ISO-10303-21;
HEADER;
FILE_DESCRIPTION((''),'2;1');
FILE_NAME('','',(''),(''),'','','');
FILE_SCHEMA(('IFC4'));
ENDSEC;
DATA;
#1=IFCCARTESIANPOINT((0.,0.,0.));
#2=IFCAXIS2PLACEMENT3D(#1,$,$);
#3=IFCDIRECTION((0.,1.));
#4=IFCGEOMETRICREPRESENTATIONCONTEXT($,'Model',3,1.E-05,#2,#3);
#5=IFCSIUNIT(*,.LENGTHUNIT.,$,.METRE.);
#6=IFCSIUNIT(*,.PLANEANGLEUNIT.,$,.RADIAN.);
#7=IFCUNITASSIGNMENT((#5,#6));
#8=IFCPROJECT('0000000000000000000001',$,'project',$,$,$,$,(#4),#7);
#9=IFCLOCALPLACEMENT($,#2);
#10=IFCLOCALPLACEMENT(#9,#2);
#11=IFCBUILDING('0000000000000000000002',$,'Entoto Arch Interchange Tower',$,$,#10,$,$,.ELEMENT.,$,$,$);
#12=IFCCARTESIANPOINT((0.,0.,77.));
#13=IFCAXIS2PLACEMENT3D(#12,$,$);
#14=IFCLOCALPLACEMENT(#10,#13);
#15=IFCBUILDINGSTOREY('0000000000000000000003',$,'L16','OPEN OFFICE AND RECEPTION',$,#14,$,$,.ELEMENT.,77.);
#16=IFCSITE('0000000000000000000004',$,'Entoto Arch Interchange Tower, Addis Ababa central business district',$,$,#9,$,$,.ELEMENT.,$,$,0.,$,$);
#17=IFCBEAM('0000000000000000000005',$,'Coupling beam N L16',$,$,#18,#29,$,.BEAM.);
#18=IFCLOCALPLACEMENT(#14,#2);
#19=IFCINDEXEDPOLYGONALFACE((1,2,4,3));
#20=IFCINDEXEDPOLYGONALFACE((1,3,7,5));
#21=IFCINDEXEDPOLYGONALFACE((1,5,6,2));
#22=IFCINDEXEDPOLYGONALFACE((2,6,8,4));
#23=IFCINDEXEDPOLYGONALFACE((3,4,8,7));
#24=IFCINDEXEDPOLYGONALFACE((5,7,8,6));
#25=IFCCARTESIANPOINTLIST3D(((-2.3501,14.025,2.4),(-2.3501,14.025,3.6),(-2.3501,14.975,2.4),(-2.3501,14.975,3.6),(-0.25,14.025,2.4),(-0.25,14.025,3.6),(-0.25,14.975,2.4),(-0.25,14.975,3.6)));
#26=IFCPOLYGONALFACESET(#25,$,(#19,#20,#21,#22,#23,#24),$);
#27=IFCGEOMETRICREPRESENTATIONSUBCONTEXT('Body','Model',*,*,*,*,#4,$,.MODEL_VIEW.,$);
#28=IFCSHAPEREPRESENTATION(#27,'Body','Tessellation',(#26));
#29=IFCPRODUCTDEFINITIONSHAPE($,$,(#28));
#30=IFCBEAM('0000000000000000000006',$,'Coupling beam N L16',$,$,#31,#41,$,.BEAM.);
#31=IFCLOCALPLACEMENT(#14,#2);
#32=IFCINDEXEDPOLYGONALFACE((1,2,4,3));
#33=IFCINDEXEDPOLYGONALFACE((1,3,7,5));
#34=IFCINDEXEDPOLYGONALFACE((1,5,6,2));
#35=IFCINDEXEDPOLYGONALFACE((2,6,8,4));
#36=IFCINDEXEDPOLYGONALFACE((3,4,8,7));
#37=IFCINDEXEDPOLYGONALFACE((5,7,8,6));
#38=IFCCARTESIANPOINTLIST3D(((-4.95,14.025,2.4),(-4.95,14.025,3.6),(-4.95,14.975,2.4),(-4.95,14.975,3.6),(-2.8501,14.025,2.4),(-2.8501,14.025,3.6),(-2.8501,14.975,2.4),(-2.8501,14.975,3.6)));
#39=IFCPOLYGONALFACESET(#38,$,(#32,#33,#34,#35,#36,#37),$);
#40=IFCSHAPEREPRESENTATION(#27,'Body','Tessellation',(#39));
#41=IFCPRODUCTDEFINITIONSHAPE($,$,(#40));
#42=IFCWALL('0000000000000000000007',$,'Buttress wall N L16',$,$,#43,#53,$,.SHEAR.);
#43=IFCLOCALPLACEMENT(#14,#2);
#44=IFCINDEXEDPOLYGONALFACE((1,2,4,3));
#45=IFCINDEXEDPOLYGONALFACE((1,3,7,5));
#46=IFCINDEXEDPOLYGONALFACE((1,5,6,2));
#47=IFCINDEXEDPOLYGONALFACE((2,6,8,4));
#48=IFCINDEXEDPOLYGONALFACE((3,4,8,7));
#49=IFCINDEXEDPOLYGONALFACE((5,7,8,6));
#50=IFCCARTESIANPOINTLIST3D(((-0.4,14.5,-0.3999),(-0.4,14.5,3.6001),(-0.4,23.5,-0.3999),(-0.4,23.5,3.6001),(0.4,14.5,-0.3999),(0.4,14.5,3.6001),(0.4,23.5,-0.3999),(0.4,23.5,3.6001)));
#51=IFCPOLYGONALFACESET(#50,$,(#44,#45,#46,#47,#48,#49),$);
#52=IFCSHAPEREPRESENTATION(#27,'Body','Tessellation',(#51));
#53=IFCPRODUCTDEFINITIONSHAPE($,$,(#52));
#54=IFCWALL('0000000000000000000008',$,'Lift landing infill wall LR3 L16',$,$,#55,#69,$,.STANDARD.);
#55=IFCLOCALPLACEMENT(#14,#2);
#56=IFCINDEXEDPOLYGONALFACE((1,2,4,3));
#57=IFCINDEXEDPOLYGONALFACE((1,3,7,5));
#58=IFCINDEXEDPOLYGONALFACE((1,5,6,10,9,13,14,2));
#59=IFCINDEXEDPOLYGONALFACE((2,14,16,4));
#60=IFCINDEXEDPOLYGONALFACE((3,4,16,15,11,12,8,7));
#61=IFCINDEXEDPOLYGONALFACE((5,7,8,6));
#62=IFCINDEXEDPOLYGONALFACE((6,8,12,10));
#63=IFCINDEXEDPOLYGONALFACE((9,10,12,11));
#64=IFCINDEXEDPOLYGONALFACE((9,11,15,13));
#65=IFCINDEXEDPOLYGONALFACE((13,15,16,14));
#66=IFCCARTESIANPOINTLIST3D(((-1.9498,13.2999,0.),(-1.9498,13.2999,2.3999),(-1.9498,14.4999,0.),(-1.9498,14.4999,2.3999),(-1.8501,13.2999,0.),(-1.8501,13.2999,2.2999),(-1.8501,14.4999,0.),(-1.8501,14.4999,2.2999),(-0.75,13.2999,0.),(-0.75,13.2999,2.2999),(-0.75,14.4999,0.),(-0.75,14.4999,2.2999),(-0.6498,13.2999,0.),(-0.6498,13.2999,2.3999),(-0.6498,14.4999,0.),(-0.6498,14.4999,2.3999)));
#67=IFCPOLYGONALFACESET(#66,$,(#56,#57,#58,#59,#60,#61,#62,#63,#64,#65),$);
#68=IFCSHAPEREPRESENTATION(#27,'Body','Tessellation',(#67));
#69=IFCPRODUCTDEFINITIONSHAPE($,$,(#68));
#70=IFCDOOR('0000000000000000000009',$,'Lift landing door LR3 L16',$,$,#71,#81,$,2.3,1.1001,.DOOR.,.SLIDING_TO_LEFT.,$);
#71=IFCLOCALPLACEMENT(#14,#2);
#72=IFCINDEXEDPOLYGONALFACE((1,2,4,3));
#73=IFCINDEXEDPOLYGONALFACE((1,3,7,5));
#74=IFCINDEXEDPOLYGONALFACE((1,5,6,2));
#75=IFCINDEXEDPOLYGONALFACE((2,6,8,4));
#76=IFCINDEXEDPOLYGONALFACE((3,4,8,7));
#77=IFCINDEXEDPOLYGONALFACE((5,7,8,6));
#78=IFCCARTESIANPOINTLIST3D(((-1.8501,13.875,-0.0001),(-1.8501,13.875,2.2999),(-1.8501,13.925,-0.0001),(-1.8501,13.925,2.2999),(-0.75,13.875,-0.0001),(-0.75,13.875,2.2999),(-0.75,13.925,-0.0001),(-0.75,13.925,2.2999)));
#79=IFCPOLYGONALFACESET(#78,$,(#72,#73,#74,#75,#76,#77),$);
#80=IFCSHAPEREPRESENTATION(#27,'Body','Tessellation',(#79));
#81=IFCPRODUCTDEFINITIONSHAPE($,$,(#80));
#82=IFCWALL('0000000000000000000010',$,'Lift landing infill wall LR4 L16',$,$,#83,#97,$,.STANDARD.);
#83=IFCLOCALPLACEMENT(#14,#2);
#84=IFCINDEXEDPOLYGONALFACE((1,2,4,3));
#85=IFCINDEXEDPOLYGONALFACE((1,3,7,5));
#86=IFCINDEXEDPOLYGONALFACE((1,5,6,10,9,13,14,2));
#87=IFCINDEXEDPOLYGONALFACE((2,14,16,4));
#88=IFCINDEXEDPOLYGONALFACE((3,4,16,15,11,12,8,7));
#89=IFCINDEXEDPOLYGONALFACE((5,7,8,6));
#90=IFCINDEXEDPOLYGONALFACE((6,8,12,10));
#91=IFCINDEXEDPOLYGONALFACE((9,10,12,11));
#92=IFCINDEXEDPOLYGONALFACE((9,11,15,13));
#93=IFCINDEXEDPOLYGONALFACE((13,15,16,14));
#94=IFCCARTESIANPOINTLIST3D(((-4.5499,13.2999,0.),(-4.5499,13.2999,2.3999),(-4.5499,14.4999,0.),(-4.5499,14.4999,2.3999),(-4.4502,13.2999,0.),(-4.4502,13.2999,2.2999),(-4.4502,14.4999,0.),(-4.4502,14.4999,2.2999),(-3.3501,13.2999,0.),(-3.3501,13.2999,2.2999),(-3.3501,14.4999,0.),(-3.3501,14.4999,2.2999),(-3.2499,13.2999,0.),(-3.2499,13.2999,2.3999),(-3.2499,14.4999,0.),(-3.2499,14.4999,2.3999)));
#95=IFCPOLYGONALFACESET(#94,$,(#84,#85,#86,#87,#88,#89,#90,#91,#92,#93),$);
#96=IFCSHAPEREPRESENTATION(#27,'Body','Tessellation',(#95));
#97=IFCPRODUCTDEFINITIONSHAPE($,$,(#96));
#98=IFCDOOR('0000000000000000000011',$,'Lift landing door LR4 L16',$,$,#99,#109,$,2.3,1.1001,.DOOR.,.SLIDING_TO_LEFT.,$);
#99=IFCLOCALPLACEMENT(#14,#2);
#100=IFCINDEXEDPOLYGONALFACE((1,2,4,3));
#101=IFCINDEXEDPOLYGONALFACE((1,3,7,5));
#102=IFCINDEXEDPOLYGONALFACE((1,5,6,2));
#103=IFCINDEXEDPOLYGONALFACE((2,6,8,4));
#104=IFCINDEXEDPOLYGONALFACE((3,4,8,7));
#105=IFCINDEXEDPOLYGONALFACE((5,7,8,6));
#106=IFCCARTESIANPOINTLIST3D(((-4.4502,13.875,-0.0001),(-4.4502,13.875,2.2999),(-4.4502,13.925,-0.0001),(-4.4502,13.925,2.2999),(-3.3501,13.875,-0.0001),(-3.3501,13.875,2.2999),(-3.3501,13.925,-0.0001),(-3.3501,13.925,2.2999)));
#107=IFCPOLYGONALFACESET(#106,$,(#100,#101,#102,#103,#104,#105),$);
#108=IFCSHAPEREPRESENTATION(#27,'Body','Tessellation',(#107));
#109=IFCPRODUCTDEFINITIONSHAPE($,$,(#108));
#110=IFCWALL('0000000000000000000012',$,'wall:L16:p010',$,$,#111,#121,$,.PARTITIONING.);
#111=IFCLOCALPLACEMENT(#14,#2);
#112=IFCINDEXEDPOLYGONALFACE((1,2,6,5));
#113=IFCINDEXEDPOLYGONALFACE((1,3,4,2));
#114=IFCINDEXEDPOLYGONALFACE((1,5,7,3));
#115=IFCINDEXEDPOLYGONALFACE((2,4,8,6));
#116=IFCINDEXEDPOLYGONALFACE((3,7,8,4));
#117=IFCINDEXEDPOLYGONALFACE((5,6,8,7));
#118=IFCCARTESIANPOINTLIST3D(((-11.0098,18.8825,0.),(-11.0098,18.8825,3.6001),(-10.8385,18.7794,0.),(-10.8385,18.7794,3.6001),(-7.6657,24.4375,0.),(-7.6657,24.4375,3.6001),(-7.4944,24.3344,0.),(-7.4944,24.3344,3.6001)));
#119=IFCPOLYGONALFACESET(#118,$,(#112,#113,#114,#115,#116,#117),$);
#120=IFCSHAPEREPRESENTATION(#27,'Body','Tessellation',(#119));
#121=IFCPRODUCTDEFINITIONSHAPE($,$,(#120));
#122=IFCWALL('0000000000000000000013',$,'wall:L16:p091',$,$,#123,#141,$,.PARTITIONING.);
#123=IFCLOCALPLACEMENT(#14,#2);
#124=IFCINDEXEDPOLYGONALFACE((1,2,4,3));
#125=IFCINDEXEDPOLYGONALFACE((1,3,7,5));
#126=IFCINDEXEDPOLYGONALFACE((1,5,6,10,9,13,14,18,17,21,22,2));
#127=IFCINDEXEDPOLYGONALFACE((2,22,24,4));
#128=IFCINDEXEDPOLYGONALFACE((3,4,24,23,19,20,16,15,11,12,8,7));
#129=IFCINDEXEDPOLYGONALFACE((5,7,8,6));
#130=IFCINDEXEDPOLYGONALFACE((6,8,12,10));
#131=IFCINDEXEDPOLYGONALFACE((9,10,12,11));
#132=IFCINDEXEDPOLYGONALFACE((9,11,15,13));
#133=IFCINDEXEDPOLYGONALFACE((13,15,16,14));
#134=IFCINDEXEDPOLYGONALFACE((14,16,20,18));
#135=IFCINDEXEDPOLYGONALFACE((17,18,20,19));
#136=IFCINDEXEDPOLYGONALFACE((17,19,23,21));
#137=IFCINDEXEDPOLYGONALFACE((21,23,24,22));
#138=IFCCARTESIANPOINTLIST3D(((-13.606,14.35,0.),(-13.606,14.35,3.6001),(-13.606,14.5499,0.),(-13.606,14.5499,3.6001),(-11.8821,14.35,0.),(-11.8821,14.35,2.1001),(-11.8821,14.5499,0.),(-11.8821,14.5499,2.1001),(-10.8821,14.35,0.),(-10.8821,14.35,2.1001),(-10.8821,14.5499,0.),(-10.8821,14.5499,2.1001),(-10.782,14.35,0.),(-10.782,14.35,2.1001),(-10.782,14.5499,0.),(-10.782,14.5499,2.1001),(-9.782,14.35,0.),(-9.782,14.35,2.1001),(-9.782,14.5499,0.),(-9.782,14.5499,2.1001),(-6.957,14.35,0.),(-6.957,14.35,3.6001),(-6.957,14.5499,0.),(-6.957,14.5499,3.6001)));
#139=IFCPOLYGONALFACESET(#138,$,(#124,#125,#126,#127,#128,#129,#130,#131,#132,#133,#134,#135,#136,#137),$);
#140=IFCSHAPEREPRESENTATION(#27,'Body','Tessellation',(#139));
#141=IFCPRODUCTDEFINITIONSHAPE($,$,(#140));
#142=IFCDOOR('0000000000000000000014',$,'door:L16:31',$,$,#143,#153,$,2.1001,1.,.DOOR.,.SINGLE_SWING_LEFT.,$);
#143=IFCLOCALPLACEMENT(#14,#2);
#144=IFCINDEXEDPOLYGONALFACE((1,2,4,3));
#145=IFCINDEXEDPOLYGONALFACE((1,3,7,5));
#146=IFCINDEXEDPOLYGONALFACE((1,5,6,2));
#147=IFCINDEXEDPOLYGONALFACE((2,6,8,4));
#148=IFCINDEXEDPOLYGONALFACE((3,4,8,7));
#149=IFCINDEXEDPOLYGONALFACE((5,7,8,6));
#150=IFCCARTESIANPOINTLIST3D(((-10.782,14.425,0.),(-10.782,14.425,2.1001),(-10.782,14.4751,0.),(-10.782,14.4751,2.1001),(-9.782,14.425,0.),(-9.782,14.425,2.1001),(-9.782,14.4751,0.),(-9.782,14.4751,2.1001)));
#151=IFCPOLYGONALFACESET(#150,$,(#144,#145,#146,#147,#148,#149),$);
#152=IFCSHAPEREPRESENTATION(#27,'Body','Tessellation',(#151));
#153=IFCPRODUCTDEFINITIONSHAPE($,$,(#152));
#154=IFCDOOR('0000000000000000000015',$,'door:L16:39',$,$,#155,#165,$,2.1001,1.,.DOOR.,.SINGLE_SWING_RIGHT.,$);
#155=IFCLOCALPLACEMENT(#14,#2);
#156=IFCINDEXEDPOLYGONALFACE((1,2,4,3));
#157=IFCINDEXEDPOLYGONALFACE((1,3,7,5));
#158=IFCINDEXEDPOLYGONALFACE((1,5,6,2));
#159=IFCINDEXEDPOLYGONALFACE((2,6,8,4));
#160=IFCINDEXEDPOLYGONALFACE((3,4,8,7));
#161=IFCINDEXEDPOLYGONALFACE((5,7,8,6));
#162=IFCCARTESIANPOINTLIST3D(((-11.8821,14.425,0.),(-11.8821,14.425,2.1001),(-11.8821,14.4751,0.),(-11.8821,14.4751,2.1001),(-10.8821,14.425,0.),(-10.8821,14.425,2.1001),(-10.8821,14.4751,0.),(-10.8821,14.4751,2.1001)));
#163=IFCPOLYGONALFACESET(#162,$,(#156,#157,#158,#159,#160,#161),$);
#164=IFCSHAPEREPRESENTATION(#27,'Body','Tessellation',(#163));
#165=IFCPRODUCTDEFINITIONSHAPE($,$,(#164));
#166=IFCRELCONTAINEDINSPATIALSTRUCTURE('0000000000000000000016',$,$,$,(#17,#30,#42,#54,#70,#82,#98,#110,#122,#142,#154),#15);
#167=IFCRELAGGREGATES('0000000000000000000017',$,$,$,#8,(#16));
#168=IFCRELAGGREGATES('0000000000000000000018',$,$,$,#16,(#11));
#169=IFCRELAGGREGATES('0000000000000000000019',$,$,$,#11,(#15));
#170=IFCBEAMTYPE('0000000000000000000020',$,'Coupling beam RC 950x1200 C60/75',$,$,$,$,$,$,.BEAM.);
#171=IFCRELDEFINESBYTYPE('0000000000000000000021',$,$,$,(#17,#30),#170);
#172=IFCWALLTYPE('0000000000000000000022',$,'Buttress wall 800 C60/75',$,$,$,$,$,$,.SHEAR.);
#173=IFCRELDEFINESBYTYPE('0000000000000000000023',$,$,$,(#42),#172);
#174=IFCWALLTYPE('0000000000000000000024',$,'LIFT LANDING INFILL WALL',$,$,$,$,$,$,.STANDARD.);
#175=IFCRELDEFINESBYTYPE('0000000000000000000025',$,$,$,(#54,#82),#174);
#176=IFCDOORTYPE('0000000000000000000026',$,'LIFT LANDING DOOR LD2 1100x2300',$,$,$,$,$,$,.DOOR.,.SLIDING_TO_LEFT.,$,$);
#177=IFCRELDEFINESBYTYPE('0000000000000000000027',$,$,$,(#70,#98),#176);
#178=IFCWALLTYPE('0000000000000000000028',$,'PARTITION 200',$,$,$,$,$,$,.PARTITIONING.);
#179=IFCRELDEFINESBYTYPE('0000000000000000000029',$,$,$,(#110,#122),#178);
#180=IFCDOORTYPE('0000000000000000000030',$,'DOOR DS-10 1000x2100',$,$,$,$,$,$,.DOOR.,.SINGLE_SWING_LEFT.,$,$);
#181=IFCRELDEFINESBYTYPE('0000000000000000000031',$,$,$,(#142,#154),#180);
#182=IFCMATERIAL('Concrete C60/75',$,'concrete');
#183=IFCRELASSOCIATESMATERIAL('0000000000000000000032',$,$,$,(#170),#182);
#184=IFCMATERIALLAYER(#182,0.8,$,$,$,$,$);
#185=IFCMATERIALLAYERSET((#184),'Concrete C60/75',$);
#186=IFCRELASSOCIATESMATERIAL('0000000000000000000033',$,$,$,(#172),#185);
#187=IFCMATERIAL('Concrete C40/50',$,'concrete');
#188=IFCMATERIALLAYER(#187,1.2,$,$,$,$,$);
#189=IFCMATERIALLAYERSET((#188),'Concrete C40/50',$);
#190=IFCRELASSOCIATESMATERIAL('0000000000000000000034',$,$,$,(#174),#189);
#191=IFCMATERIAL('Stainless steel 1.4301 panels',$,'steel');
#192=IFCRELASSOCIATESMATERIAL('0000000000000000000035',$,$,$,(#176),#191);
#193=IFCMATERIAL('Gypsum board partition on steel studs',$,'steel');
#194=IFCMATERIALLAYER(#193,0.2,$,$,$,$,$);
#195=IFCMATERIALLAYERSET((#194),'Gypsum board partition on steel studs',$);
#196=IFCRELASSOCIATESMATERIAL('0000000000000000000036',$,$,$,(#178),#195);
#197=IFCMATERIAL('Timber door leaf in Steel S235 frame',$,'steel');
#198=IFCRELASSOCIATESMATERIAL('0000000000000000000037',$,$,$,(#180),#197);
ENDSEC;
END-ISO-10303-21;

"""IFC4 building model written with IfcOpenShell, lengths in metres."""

from ifc_helpers import new_model, si_unit, direction, frame, frame_2d, origin, origin_2d, place, context, subcontext, project, spatial, rectangle, extrude, material, layer, layer_set, material_profile, profile_set, type_object, element, fill, save


model = new_model("IFC4")

# Units and contexts
model_context = context("Model", 3, precision=1e-05, world=origin(), true_north=direction((0.0, 1.0)))
body_context = subcontext(model_context, "Body", "Model", "MODEL_VIEW")
ifc_project = project(units=[si_unit("LENGTHUNIT", "METRE"), si_unit("PLANEANGLEUNIT", "RADIAN")], contexts=[model_context])

# Site, building, storey
site_placement = place(None, origin())
site = spatial("IfcSite", under=ifc_project, at=site_placement, Name="Entoto Arch Interchange Tower, Addis Ababa central business district", CompositionType="ELEMENT", RefElevation=0.0)
building_placement = place(site_placement, origin())
building = spatial("IfcBuilding", under=site, at=building_placement, Name="Entoto Arch Interchange Tower", CompositionType="ELEMENT")
storey_placement = place(building_placement, frame((0.0, 0.0, 77.0)))
storey = spatial("IfcBuildingStorey", under=building, at=storey_placement, Name="L16", Description="OPEN OFFICE AND RECEPTION", CompositionType="ELEMENT", Elevation=77.0)

# Beams
ifc_material_1 = material(Name="Concrete C60/75", Category="concrete")
ifc_material_profile = material_profile(ifc_material_1, rectangle(XDim=0.95, YDim=1.2, at=origin_2d()))
ifc_profile_set = profile_set([ifc_material_profile], Name="Concrete C60/75")
beam_type = type_object("IfcBeamType", Name="Coupling beam RC 950x1200 C60/75", PredefinedType="BEAM", material=ifc_profile_set)
beam_1_placement = place(storey_placement, frame((-0.25, 14.5, 3.0), z_axis=(-1.0, 0.0, 0.0), x_axis=(0.0, -1.0, 0.0)))
element("IfcBeam", 1, at=beam_1_placement, inside=storey, type_object=beam_type, Name="Coupling beam N L16", PredefinedType="BEAM", context=body_context, shape_type="SweptSolid", body=[
    extrude(rectangle(XDim=0.95, YDim=1.2, at=origin_2d()), origin(), (0.0, 0.0, 1.0), 2.1001),
])
beam_2_placement = place(storey_placement, frame((-2.8501, 14.5, 3.0), z_axis=(-1.0, 0.0, 0.0), x_axis=(0.0, -1.0, 0.0)))
element("IfcBeam", 2, at=beam_2_placement, inside=storey, type_object=beam_type, Name="Coupling beam N L16", PredefinedType="BEAM", context=body_context, shape_type="SweptSolid", body=[
    extrude(rectangle(XDim=0.95, YDim=1.2, at=origin_2d()), origin(), (0.0, 0.0, 1.0), 2.0999),
])

# Wall
ifc_layer_1 = layer(ifc_material_1, 0.8)
ifc_layer_set_1 = layer_set([ifc_layer_1], Name="Concrete C60/75")
wall_type_1 = type_object("IfcWallType", Name="Buttress wall 800 C60/75", PredefinedType="SHEAR", material=ifc_layer_set_1)
wall_1_placement = place(storey_placement, frame((0.0, 14.5, -0.3999), z_axis=(0.0, 0.0, 1.0), x_axis=(0.0, 1.0, 0.0)))
element("IfcWall", 3, at=wall_1_placement, inside=storey, type_object=wall_type_1, Name="Buttress wall N L16", PredefinedType="SHEAR", context=body_context, shape_type="SweptSolid", body=[
    extrude(rectangle(XDim=9.0, YDim=0.8, at=frame_2d((4.5, 0.0))), origin(), (0.0, 0.0, 1.0), 4.0),
])

# Walls, openings, doors
ifc_material_2 = material(Name="Concrete C40/50", Category="concrete")
ifc_layer_2 = layer(ifc_material_2, 1.2)
ifc_layer_set_2 = layer_set([ifc_layer_2], Name="Concrete C40/50")
wall_type_2 = type_object("IfcWallType", Name="LIFT LANDING INFILL WALL", PredefinedType="STANDARD", material=ifc_layer_set_2)
wall_2_placement = place(storey_placement, frame((-0.6499, 13.8999, 0.0), z_axis=(0.0, 0.0, 1.0), x_axis=(-1.0, 0.0, 0.0)))
wall_2 = element("IfcWall", 4, at=wall_2_placement, inside=storey, type_object=wall_type_2, Name="Lift landing infill wall LR3 L16", PredefinedType="STANDARD", context=body_context, shape_type="SweptSolid", body=[
    extrude(rectangle(XDim=1.3, YDim=1.2, at=frame_2d((0.6499, 0.0))), origin(), (0.0, 0.0, 1.0), 2.3999),
])
opening_1_placement = place(wall_2_placement, frame((0.1001, 0.0, 0.0)))
opening_1 = element("IfcOpeningElement", 5, at=opening_1_placement, cuts=wall_2, PredefinedType="OPENING", context=body_context, shape_type="SweptSolid", body=[
    extrude(rectangle(XDim=1.1001, YDim=2.3, at=frame_2d((0.55, 1.1499))), frame((0.0, 0.6099, 0.0), z_axis=(0.0, -1.0, 0.0), x_axis=(1.0, 0.0, 0.0)), (0.0, 0.0, 1.0), 1.22),
])
ifc_material_3 = material(Name="Stainless steel 1.4301 panels", Category="steel")
door_type_1 = type_object("IfcDoorType", Name="LIFT LANDING DOOR LD2 1100x2300", OperationType="SLIDING_TO_LEFT", PredefinedType="DOOR", material=ifc_material_3)
door_1_placement = place(opening_1_placement, origin())
door_1 = element("IfcDoor", 6, at=door_1_placement, inside=storey, type_object=door_type_1, Name="Lift landing door LR3 L16", OperationType="SLIDING_TO_LEFT", OverallHeight=2.3, OverallWidth=1.1001, PredefinedType="DOOR", context=body_context, shape_type="SweptSolid", body=[
    extrude(rectangle(XDim=1.1001, YDim=2.3, at=frame_2d((0.55, 1.1499))), frame((0.0, 0.0249, 0.0), z_axis=(0.0, -1.0, 0.0), x_axis=(1.0, 0.0, 0.0)), (0.0, 0.0, 1.0), 0.05),
])
fill(opening_1, door_1)
wall_3_placement = place(storey_placement, frame((-3.25, 13.8999, 0.0), z_axis=(0.0, 0.0, 1.0), x_axis=(-1.0, 0.0, 0.0)))
wall_3 = element("IfcWall", 7, at=wall_3_placement, inside=storey, type_object=wall_type_2, Name="Lift landing infill wall LR4 L16", PredefinedType="STANDARD", context=body_context, shape_type="SweptSolid", body=[
    extrude(rectangle(XDim=1.3, YDim=1.2, at=frame_2d((0.6499, 0.0))), origin(), (0.0, 0.0, 1.0), 2.3999),
])
opening_2_placement = place(wall_3_placement, frame((0.1001, 0.0, 0.0)))
opening_2 = element("IfcOpeningElement", 8, at=opening_2_placement, cuts=wall_3, PredefinedType="OPENING", context=body_context, shape_type="SweptSolid", body=[
    extrude(rectangle(XDim=1.1001, YDim=2.3, at=frame_2d((0.55, 1.1499))), frame((0.0, 0.6099, 0.0), z_axis=(0.0, -1.0, 0.0), x_axis=(1.0, 0.0, 0.0)), (0.0, 0.0, 1.0), 1.22),
])
door_2_placement = place(opening_2_placement, origin())
door_2 = element("IfcDoor", 9, at=door_2_placement, inside=storey, type_object=door_type_1, Name="Lift landing door LR4 L16", OperationType="SLIDING_TO_LEFT", OverallHeight=2.3, OverallWidth=1.1001, PredefinedType="DOOR", context=body_context, shape_type="SweptSolid", body=[
    extrude(rectangle(XDim=1.1001, YDim=2.3, at=frame_2d((0.55, 1.1499))), frame((0.0, 0.0249, 0.0), z_axis=(0.0, -1.0, 0.0), x_axis=(1.0, 0.0, 0.0)), (0.0, 0.0, 1.0), 0.05),
])
fill(opening_2, door_2)

# Wall
ifc_material_4 = material(Name="Gypsum board partition on steel studs", Category="steel")
ifc_layer_3 = layer(ifc_material_4, 0.2)
ifc_layer_set_3 = layer_set([ifc_layer_3], Name="Gypsum board partition on steel studs")
wall_type_3 = type_object("IfcWallType", Name="PARTITION 200", PredefinedType="PARTITIONING", material=ifc_layer_set_3)
wall_4_placement = place(storey_placement, frame((-7.5801, 24.386, 0.0), z_axis=(0.0, 0.0, 1.0), x_axis=(-0.515747, -0.856741, 0.0)))
element("IfcWall", 10, at=wall_4_placement, inside=storey, type_object=wall_type_3, Name="wall:L16:p010", PredefinedType="PARTITIONING", context=body_context, shape_type="SweptSolid", body=[
    extrude(rectangle(XDim=6.4839, YDim=0.2, at=frame_2d((3.2419, 0.0))), origin(), (0.0, 0.0, 1.0), 3.6001),
])

# Wall, openings, doors
wall_5_placement = place(storey_placement, frame((-6.957, 14.45, 0.0), z_axis=(0.0, 0.0, 1.0), x_axis=(-1.0, 0.0, 0.0)))
wall_5 = element("IfcWall", 11, at=wall_5_placement, inside=storey, type_object=wall_type_3, Name="wall:L16:p091", PredefinedType="PARTITIONING", context=body_context, shape_type="SweptSolid", body=[
    extrude(rectangle(XDim=6.6489, YDim=0.2, at=frame_2d((3.3245, 0.0))), origin(), (0.0, 0.0, 1.0), 3.6001),
])
opening_3_placement = place(wall_5_placement, frame((2.825, 0.0, 0.0)))
opening_3 = element("IfcOpeningElement", 12, at=opening_3_placement, cuts=wall_5, PredefinedType="OPENING", context=body_context, shape_type="SweptSolid", body=[
    extrude(rectangle(XDim=1.0, YDim=2.1001, at=frame_2d((0.5, 1.05))), frame((0.0, 0.1099, 0.0), z_axis=(0.0, -1.0, 0.0), x_axis=(1.0, 0.0, 0.0)), (0.0, 0.0, 1.0), 0.22),
])
opening_4_placement = place(wall_5_placement, frame((3.925, 0.0, 0.0)))
opening_4 = element("IfcOpeningElement", 13, at=opening_4_placement, cuts=wall_5, PredefinedType="OPENING", context=body_context, shape_type="SweptSolid", body=[
    extrude(rectangle(XDim=1.0, YDim=2.1001, at=frame_2d((0.5, 1.05))), frame((0.0, 0.1099, 0.0), z_axis=(0.0, -1.0, 0.0), x_axis=(1.0, 0.0, 0.0)), (0.0, 0.0, 1.0), 0.22),
])
ifc_material_5 = material(Name="Timber door leaf in Steel S235 frame", Category="steel")
door_type_2 = type_object("IfcDoorType", Name="DOOR DS-10 1000x2100", OperationType="SINGLE_SWING_LEFT", PredefinedType="DOOR", material=ifc_material_5)
door_3_placement = place(opening_3_placement, origin())
door_3 = element("IfcDoor", 14, at=door_3_placement, inside=storey, type_object=door_type_2, Name="door:L16:31", OperationType="SINGLE_SWING_LEFT", OverallHeight=2.1001, OverallWidth=1.0, PredefinedType="DOOR", context=body_context, shape_type="SweptSolid", body=[
    extrude(rectangle(XDim=1.0, YDim=2.1001, at=frame_2d((0.5, 1.05))), frame((0.0, 0.0249, 0.0), z_axis=(0.0, -1.0, 0.0), x_axis=(1.0, 0.0, 0.0)), (0.0, 0.0, 1.0), 0.05),
])
fill(opening_3, door_3)
door_4_placement = place(opening_4_placement, origin())
door_4 = element("IfcDoor", 15, at=door_4_placement, inside=storey, type_object=door_type_2, Name="door:L16:39", OperationType="SINGLE_SWING_RIGHT", OverallHeight=2.1001, OverallWidth=1.0, PredefinedType="DOOR", context=body_context, shape_type="SweptSolid", body=[
    extrude(rectangle(XDim=1.0, YDim=2.1001, at=frame_2d((0.5, 1.05))), frame((0.0, 0.0249, 0.0), z_axis=(0.0, -1.0, 0.0), x_axis=(1.0, 0.0, 0.0)), (0.0, 0.0, 1.0), 0.05),
])
fill(opening_4, door_4)

save(model, "model.ifc")
